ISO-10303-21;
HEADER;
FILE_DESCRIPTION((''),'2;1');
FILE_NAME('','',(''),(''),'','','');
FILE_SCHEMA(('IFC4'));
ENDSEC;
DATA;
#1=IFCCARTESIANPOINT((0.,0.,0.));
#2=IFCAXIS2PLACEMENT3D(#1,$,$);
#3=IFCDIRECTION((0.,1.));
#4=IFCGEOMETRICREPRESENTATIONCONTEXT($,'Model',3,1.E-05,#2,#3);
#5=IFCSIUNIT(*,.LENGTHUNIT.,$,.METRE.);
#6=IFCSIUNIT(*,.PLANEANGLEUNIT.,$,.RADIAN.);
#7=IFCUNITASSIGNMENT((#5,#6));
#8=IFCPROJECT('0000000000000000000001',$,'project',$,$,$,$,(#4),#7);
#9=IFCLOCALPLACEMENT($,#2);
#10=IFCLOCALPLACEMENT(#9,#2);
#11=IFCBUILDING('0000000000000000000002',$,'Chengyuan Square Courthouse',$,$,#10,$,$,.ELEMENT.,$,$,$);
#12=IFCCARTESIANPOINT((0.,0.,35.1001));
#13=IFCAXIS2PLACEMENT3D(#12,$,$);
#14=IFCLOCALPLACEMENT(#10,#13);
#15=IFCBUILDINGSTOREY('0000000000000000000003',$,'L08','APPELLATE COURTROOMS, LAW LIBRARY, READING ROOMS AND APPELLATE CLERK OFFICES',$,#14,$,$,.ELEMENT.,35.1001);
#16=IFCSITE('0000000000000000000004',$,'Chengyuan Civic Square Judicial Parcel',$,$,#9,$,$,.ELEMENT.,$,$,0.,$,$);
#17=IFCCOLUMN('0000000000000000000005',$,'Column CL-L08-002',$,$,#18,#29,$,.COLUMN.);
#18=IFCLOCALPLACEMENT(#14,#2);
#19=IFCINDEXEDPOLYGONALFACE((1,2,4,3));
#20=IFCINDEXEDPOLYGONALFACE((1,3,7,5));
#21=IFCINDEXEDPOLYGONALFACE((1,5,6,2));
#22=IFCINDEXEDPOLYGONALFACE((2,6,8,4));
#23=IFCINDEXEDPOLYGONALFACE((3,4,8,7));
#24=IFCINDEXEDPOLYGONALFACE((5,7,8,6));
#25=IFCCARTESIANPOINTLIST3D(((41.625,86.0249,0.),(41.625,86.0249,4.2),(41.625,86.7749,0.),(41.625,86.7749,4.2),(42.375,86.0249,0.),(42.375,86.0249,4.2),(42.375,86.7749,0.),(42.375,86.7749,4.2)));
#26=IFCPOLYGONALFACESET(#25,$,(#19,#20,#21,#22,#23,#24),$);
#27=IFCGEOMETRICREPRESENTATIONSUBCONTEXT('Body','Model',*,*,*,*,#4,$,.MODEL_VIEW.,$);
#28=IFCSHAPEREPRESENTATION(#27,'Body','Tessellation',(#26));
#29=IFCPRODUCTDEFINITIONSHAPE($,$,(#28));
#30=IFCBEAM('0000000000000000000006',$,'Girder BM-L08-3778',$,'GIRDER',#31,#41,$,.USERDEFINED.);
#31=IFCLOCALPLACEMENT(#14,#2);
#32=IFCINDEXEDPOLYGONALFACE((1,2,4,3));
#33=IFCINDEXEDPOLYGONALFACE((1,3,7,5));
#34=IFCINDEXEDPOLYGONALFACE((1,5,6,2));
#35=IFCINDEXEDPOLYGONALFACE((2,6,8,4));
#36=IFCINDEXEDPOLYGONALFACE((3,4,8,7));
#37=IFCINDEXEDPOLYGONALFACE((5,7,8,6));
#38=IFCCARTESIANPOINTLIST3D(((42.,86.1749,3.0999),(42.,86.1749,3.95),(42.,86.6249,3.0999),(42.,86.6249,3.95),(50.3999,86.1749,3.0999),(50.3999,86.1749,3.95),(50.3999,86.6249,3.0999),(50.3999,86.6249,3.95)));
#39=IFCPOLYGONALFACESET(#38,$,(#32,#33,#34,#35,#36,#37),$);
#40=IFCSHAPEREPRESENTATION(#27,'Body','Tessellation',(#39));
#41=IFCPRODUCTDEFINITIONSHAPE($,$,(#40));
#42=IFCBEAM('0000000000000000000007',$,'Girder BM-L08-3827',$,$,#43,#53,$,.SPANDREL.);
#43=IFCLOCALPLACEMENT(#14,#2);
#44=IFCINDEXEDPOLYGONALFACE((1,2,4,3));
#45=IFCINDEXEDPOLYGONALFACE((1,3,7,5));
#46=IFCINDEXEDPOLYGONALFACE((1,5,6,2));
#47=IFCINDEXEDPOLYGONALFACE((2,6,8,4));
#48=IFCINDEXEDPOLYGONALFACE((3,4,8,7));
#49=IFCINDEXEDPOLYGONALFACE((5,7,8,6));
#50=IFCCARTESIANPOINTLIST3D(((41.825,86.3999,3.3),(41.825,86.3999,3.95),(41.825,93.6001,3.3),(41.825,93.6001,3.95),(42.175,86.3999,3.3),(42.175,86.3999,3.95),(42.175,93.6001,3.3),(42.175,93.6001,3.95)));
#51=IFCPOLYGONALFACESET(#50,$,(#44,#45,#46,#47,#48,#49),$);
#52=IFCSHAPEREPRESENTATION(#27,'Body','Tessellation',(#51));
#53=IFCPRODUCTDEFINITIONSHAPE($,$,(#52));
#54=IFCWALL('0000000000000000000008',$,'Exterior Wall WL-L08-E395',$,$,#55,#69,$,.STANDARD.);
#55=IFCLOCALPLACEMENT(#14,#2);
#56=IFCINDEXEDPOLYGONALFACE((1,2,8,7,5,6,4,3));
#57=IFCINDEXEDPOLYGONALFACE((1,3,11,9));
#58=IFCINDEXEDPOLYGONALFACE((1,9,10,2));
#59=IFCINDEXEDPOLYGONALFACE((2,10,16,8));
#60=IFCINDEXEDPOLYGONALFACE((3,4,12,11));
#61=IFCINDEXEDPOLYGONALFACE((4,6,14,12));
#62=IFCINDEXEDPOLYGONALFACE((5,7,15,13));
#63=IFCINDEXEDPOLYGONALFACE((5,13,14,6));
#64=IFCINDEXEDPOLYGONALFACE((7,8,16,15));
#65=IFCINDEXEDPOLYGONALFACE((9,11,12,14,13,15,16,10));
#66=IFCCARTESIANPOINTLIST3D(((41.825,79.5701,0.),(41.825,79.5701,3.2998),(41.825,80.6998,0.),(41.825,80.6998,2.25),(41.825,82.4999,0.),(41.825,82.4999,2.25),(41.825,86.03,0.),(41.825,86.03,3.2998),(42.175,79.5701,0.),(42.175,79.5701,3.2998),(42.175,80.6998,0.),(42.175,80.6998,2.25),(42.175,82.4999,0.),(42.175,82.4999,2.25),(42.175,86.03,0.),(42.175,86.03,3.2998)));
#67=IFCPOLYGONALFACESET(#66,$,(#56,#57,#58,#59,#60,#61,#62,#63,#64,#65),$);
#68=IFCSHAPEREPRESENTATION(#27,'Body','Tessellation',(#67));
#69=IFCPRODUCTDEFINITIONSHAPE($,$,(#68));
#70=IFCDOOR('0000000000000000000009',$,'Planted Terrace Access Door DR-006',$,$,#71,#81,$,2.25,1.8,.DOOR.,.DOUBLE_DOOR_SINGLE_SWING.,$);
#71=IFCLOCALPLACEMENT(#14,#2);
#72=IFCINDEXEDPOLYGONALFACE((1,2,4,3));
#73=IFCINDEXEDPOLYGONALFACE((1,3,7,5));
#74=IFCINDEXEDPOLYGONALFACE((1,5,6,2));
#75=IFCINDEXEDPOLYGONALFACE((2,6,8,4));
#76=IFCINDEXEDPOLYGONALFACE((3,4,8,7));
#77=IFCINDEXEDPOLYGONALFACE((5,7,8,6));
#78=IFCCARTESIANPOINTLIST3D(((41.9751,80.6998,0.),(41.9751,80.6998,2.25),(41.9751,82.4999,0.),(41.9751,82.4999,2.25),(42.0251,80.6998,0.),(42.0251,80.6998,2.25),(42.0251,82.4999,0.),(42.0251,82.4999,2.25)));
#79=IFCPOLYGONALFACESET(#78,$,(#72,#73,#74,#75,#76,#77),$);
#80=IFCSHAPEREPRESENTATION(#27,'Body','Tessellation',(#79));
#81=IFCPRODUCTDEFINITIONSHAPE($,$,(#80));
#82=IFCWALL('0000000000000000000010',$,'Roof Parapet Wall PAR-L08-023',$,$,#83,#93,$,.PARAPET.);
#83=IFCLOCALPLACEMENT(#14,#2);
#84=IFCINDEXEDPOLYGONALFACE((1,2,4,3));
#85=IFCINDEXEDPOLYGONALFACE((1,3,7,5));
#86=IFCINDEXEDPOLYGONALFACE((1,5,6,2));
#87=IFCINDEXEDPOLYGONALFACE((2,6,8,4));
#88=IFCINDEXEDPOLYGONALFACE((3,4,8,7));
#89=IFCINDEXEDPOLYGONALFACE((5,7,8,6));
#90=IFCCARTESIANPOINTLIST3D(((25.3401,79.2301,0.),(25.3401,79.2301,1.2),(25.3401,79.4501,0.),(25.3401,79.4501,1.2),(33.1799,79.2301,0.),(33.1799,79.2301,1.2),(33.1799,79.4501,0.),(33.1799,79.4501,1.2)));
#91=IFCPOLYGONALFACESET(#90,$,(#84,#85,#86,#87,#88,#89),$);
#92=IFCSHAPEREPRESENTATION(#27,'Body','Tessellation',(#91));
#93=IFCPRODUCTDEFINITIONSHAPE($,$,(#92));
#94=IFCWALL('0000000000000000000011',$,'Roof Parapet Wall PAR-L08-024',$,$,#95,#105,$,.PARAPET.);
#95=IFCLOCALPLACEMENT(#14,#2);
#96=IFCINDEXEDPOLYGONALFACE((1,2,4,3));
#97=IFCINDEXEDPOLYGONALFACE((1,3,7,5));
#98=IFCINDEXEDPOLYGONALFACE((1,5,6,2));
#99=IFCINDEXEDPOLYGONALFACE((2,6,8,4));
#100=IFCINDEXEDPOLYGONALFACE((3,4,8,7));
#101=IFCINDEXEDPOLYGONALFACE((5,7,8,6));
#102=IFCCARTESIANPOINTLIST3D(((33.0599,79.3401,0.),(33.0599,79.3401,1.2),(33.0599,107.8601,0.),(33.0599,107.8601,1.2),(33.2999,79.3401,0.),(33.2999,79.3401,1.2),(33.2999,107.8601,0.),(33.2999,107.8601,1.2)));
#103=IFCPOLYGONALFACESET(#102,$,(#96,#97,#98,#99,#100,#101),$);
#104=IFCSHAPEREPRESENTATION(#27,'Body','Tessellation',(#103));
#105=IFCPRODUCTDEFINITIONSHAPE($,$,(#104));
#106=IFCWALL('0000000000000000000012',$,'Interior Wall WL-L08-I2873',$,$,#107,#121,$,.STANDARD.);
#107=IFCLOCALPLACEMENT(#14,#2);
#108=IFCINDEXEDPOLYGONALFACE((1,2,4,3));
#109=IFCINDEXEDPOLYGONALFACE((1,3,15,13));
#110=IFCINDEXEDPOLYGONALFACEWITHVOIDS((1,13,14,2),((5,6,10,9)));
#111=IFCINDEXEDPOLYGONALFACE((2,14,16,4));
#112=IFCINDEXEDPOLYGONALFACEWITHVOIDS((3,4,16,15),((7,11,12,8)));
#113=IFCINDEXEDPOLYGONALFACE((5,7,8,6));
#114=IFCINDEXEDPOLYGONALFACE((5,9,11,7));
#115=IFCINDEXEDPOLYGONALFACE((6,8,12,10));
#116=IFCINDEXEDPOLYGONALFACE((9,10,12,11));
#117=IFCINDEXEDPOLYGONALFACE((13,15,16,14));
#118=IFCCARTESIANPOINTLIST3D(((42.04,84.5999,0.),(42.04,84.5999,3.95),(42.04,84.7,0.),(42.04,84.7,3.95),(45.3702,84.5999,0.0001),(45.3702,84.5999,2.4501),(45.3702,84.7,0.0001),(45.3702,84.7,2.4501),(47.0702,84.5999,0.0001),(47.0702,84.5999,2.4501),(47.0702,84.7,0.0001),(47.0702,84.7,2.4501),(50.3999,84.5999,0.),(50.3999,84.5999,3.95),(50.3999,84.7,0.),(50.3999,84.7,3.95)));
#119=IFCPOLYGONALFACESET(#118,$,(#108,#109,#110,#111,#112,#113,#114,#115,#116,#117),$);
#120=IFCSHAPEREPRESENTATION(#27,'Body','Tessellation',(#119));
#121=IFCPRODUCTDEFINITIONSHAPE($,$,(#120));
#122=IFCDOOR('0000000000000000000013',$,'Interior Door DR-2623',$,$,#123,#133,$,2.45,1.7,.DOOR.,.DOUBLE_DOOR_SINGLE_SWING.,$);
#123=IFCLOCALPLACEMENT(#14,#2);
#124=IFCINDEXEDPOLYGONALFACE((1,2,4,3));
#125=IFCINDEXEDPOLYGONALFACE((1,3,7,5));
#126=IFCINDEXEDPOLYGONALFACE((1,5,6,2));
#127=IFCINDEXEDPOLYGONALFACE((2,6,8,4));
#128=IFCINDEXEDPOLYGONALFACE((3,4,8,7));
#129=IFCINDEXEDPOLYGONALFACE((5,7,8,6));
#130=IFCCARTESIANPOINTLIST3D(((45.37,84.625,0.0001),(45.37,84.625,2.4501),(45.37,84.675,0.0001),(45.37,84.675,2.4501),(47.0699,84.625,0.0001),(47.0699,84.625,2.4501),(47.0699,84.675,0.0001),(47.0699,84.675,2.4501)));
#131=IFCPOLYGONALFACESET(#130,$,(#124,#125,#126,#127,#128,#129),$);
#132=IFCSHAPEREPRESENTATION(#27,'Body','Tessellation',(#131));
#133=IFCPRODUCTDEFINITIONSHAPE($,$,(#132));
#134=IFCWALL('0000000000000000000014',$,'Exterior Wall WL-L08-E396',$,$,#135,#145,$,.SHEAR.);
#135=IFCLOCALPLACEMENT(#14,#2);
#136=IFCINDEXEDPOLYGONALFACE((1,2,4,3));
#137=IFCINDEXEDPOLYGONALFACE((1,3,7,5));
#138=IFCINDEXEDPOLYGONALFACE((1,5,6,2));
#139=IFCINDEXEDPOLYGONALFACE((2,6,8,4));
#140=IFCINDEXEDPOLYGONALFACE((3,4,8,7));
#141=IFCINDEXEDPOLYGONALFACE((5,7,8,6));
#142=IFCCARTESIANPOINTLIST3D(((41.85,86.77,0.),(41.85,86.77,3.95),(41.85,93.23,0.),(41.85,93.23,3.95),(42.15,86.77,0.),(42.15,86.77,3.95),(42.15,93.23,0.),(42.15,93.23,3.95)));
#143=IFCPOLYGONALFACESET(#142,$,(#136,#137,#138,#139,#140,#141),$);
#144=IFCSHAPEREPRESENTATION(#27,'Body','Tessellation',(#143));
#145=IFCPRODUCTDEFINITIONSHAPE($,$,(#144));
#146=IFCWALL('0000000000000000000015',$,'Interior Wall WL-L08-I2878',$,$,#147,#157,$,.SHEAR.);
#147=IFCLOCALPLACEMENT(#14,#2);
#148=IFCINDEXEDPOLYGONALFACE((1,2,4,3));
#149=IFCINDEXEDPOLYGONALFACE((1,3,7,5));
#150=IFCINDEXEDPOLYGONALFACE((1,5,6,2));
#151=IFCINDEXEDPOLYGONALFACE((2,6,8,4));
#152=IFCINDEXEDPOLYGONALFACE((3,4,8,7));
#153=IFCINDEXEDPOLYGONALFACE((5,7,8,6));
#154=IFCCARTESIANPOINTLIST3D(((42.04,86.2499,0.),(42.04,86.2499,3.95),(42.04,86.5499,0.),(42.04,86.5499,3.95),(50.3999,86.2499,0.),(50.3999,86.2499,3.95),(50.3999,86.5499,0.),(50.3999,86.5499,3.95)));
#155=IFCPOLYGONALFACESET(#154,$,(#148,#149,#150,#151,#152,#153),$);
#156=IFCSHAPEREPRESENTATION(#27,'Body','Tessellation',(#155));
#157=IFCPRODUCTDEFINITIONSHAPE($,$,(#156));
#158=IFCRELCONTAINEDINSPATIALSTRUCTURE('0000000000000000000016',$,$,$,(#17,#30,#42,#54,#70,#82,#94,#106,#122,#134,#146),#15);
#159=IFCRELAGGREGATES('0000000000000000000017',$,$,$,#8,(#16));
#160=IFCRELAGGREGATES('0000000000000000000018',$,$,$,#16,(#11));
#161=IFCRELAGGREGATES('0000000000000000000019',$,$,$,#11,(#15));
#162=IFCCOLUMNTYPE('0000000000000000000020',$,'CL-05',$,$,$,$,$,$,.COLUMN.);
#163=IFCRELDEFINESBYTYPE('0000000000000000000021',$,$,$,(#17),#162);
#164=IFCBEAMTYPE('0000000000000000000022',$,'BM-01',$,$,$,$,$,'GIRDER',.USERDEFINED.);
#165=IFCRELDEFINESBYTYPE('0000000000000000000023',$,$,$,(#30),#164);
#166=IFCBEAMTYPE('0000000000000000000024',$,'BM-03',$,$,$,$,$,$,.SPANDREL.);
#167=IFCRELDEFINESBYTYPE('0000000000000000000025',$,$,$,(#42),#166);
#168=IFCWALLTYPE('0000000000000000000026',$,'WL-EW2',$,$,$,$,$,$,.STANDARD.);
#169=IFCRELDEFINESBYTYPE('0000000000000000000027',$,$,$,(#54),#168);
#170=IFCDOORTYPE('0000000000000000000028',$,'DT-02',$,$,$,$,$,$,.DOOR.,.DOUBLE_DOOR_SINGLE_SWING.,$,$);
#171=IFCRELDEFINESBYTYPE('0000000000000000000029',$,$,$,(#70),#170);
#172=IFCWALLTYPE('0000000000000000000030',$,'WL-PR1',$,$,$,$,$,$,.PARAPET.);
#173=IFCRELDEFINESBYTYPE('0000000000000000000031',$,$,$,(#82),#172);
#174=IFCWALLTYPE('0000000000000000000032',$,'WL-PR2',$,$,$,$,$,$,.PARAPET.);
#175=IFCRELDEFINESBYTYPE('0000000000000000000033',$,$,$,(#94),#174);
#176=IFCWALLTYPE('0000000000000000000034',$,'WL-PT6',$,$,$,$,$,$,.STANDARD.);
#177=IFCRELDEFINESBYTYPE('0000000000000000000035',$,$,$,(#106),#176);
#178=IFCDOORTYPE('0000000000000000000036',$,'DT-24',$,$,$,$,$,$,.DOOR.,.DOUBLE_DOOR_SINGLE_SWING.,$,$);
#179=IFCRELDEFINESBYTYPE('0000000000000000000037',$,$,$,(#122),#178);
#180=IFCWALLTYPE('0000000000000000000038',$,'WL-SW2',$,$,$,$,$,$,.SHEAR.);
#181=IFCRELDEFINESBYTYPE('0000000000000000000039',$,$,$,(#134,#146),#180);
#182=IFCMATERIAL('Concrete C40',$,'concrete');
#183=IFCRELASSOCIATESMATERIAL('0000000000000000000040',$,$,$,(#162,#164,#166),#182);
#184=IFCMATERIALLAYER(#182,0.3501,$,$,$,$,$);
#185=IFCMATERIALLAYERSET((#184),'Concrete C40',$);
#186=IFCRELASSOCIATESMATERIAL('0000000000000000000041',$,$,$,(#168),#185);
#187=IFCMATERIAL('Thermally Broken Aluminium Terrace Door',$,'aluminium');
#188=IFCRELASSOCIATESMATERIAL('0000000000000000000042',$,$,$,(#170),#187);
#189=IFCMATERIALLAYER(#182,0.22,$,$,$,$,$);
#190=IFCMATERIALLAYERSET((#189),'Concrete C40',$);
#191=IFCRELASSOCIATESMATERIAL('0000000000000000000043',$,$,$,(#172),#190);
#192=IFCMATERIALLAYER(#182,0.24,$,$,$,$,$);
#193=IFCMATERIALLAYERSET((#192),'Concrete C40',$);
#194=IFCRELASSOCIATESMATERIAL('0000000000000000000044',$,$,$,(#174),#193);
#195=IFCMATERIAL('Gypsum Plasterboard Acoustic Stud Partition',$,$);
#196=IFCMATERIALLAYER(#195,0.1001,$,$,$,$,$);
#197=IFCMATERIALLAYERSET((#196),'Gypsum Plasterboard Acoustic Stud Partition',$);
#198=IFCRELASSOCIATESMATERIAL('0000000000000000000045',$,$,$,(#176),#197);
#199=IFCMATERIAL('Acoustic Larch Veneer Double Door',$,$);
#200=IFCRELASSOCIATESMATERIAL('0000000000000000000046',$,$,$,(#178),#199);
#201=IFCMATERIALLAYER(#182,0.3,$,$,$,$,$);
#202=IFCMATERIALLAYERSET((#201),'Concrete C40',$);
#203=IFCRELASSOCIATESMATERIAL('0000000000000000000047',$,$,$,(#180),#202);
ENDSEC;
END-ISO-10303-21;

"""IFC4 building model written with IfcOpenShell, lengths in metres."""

from ifc_helpers import new_model, si_unit, direction, frame, frame_2d, origin, origin_2d, place, context, subcontext, project, spatial, rectangle, extrude, material, layer, layer_set, material_profile, profile_set, type_object, element, fill, save


model = new_model("IFC4")

# Units and contexts
model_context = context("Model", 3, precision=1e-05, world=origin(), true_north=direction((0.0, 1.0)))
body_context = subcontext(model_context, "Body", "Model", "MODEL_VIEW")
ifc_project = project(units=[si_unit("LENGTHUNIT", "METRE"), si_unit("PLANEANGLEUNIT", "RADIAN")], contexts=[model_context])

# Site, building, storey
site_placement = place(None, origin())
site = spatial("IfcSite", under=ifc_project, at=site_placement, Name="Chengyuan Civic Square Judicial Parcel", CompositionType="ELEMENT", RefElevation=0.0)
building_placement = place(site_placement, origin())
building = spatial("IfcBuilding", under=site, at=building_placement, Name="Chengyuan Square Courthouse", CompositionType="ELEMENT")
storey_placement = place(building_placement, frame((0.0, 0.0, 35.1001)))
storey = spatial("IfcBuildingStorey", under=building, at=storey_placement, Name="L08", Description="APPELLATE COURTROOMS, LAW LIBRARY, READING ROOMS AND APPELLATE CLERK OFFICES", CompositionType="ELEMENT", Elevation=35.1001)

# Column
ifc_material_1 = material(Name="Concrete C40", Category="concrete")
ifc_material_profile_1 = material_profile(ifc_material_1, rectangle(XDim=0.75, YDim=0.75, at=origin_2d()), Name="RC-COL-750x750")
ifc_profile_set_1 = profile_set([ifc_material_profile_1], Name="Concrete C40")
column_type = type_object("IfcColumnType", Name="CL-05", PredefinedType="COLUMN", material=ifc_profile_set_1)
column_placement = place(storey_placement, frame((42.0, 86.3999, 0.0), z_axis=(0.0, 0.0, 1.0), x_axis=(1.0, 0.0, 0.0)))
element("IfcColumn", 1, at=column_placement, inside=storey, type_object=column_type, Name="Column CL-L08-002", PredefinedType="COLUMN", context=body_context, shape_type="SweptSolid", body=[
    extrude(rectangle(XDim=0.75, YDim=0.75, at=origin_2d()), origin(), (0.0, 0.0, 1.0), 4.2),
])

# Beams
ifc_material_profile_2 = material_profile(ifc_material_1, rectangle(XDim=0.45, YDim=0.8501, at=origin_2d()), Name="RC-BM-450x850")
ifc_profile_set_2 = profile_set([ifc_material_profile_2], Name="Concrete C40")
beam_type_1 = type_object("IfcBeamType", Name="BM-01", ElementType="GIRDER", PredefinedType="USERDEFINED", material=ifc_profile_set_2)
beam_1_placement = place(storey_placement, frame((42.0, 86.3999, 3.5249), z_axis=(1.0, 0.0, 0.0), x_axis=(0.0, 1.0, 0.0)))
element("IfcBeam", 2, at=beam_1_placement, inside=storey, type_object=beam_type_1, Name="Girder BM-L08-3778", ObjectType="GIRDER", PredefinedType="USERDEFINED", context=body_context, shape_type="SweptSolid", body=[
    extrude(rectangle(XDim=0.45, YDim=0.8501, at=origin_2d()), origin(), (0.0, 0.0, 1.0), 8.3999),
])
ifc_material_profile_3 = material_profile(ifc_material_1, rectangle(XDim=0.3501, YDim=0.6499, at=origin_2d()), Name="RC-BM-350x650")
ifc_profile_set_3 = profile_set([ifc_material_profile_3], Name="Concrete C40")
beam_type_2 = type_object("IfcBeamType", Name="BM-03", PredefinedType="SPANDREL", material=ifc_profile_set_3)
beam_2_placement = place(storey_placement, frame((42.0, 86.3999, 3.625), z_axis=(0.0, 1.0, 0.0), x_axis=(-1.0, 0.0, 0.0)))
element("IfcBeam", 3, at=beam_2_placement, inside=storey, type_object=beam_type_2, Name="Girder BM-L08-3827", PredefinedType="SPANDREL", context=body_context, shape_type="SweptSolid", body=[
    extrude(rectangle(XDim=0.3501, YDim=0.6499, at=origin_2d()), origin(), (0.0, 0.0, 1.0), 7.2002),
])

# Wall, opening, door
ifc_layer_1 = layer(ifc_material_1, 0.3501)
ifc_layer_set_1 = layer_set([ifc_layer_1], Name="Concrete C40")
wall_type_1 = type_object("IfcWallType", Name="WL-EW2", PredefinedType="STANDARD", material=ifc_layer_set_1)
wall_1_placement = place(storey_placement, frame((42.0, 79.5701, 0.0), z_axis=(0.0, 0.0, 1.0), x_axis=(0.0, 1.0, 0.0)))
wall_1 = element("IfcWall", 4, at=wall_1_placement, inside=storey, type_object=wall_type_1, Name="Exterior Wall WL-L08-E395", PredefinedType="STANDARD", context=body_context, shape_type="SweptSolid", body=[
    extrude(rectangle(XDim=6.46, YDim=0.3501, at=frame_2d((3.23, 0.0))), origin(), (0.0, 0.0, 1.0), 3.2998),
])
opening_1_placement = place(wall_1_placement, frame((1.1299, 0.0, 0.0)))
opening_1 = element("IfcOpeningElement", 5, at=opening_1_placement, cuts=wall_1, PredefinedType="OPENING", context=body_context, shape_type="SweptSolid", body=[
    extrude(rectangle(XDim=1.8, YDim=2.25, at=frame_2d((0.8999, 1.125))), frame((0.0, 0.187, 0.0), z_axis=(0.0, -1.0, 0.0), x_axis=(1.0, 0.0, 0.0)), (0.0, 0.0, 1.0), 0.374),
])
ifc_material_2 = material(Name="Thermally Broken Aluminium Terrace Door", Category="aluminium")
door_type_1 = type_object("IfcDoorType", Name="DT-02", OperationType="DOUBLE_DOOR_SINGLE_SWING", PredefinedType="DOOR", material=ifc_material_2)
door_1_placement = place(opening_1_placement, origin())
door_1 = element("IfcDoor", 6, at=door_1_placement, inside=storey, type_object=door_type_1, Name="Planted Terrace Access Door DR-006", OperationType="DOUBLE_DOOR_SINGLE_SWING", OverallHeight=2.25, OverallWidth=1.8, PredefinedType="DOOR", context=body_context, shape_type="SweptSolid", body=[
    extrude(rectangle(XDim=1.8, YDim=2.25, at=frame_2d((0.8999, 1.125))), frame((0.0, 0.0249, 0.0), z_axis=(0.0, -1.0, 0.0), x_axis=(1.0, 0.0, 0.0)), (0.0, 0.0, 1.0), 0.05),
])
fill(opening_1, door_1)

# Walls
ifc_layer_2 = layer(ifc_material_1, 0.22)
ifc_layer_set_2 = layer_set([ifc_layer_2], Name="Concrete C40")
wall_type_2 = type_object("IfcWallType", Name="WL-PR1", PredefinedType="PARAPET", material=ifc_layer_set_2)
wall_2_placement = place(storey_placement, frame((25.3401, 79.3401, 0.0), z_axis=(0.0, 0.0, 1.0), x_axis=(1.0, 0.0, 0.0)))
element("IfcWall", 7, at=wall_2_placement, inside=storey, type_object=wall_type_2, Name="Roof Parapet Wall PAR-L08-023", PredefinedType="PARAPET", context=body_context, shape_type="SweptSolid", body=[
    extrude(rectangle(XDim=7.8398, YDim=0.22, at=frame_2d((3.9199, 0.0))), origin(), (0.0, 0.0, 1.0), 1.2),
])
ifc_layer_3 = layer(ifc_material_1, 0.24)
ifc_layer_set_3 = layer_set([ifc_layer_3], Name="Concrete C40")
wall_type_3 = type_object("IfcWallType", Name="WL-PR2", PredefinedType="PARAPET", material=ifc_layer_set_3)
wall_3_placement = place(storey_placement, frame((33.1799, 79.3401, 0.0), z_axis=(0.0, 0.0, 1.0), x_axis=(0.0, 1.0, 0.0)))
element("IfcWall", 8, at=wall_3_placement, inside=storey, type_object=wall_type_3, Name="Roof Parapet Wall PAR-L08-024", PredefinedType="PARAPET", context=body_context, shape_type="SweptSolid", body=[
    extrude(rectangle(XDim=28.52, YDim=0.24, at=frame_2d((14.26, 0.0))), origin(), (0.0, 0.0, 1.0), 1.2),
])

# Wall, opening, door
ifc_material_3 = material(Name="Gypsum Plasterboard Acoustic Stud Partition")
ifc_layer_4 = layer(ifc_material_3, 0.1001)
ifc_layer_set_4 = layer_set([ifc_layer_4], Name="Gypsum Plasterboard Acoustic Stud Partition")
wall_type_4 = type_object("IfcWallType", Name="WL-PT6", PredefinedType="STANDARD", material=ifc_layer_set_4)
wall_4_placement = place(storey_placement, frame((42.04, 84.6499, 0.0), z_axis=(0.0, 0.0, 1.0), x_axis=(1.0, 0.0, 0.0)))
wall_4 = element("IfcWall", 9, at=wall_4_placement, inside=storey, type_object=wall_type_4, Name="Interior Wall WL-L08-I2873", PredefinedType="STANDARD", context=body_context, shape_type="SweptSolid", body=[
    extrude(rectangle(XDim=8.3599, YDim=0.1001, at=frame_2d((4.1799, 0.0))), origin(), (0.0, 0.0, 1.0), 3.95),
])
opening_2_placement = place(wall_4_placement, frame((3.3301, 0.0, 0.0)))
opening_2 = element("IfcOpeningElement", 10, at=opening_2_placement, cuts=wall_4, PredefinedType="OPENING", context=body_context, shape_type="SweptSolid", body=[
    extrude(rectangle(XDim=1.7, YDim=2.45, at=frame_2d((0.8501, 1.2251))), frame((0.0, 0.062, 0.0), z_axis=(0.0, -1.0, 0.0), x_axis=(1.0, 0.0, 0.0)), (0.0, 0.0, 1.0), 0.124),
])
ifc_material_4 = material(Name="Acoustic Larch Veneer Double Door")
door_type_2 = type_object("IfcDoorType", Name="DT-24", OperationType="DOUBLE_DOOR_SINGLE_SWING", PredefinedType="DOOR", material=ifc_material_4)
door_2_placement = place(opening_2_placement, frame((1.7, 0.0, 0.0), z_axis=(0.0, 0.0, 1.0), x_axis=(-1.0, 0.0, 0.0)))
door_2 = element("IfcDoor", 11, at=door_2_placement, inside=storey, type_object=door_type_2, Name="Interior Door DR-2623", OperationType="DOUBLE_DOOR_SINGLE_SWING", OverallHeight=2.45, OverallWidth=1.7, PredefinedType="DOOR", context=body_context, shape_type="SweptSolid", body=[
    extrude(rectangle(XDim=1.7, YDim=2.45, at=frame_2d((0.8501, 1.2251))), frame((0.0, 0.0249, 0.0), z_axis=(0.0, -1.0, 0.0), x_axis=(1.0, 0.0, 0.0)), (0.0, 0.0, 1.0), 0.05),
])
fill(opening_2, door_2)

# Walls
ifc_layer_5 = layer(ifc_material_1, 0.3)
ifc_layer_set_5 = layer_set([ifc_layer_5], Name="Concrete C40")
wall_type_5 = type_object("IfcWallType", Name="WL-SW2", PredefinedType="SHEAR", material=ifc_layer_set_5)
wall_5_placement = place(storey_placement, frame((42.0, 86.77, 0.0), z_axis=(0.0, 0.0, 1.0), x_axis=(0.0, 1.0, 0.0)))
element("IfcWall", 12, at=wall_5_placement, inside=storey, type_object=wall_type_5, Name="Exterior Wall WL-L08-E396", PredefinedType="SHEAR", context=body_context, shape_type="SweptSolid", body=[
    extrude(rectangle(XDim=6.46, YDim=0.3, at=frame_2d((3.23, 0.0))), origin(), (0.0, 0.0, 1.0), 3.95),
])
wall_6_placement = place(storey_placement, frame((42.04, 86.3999, 0.0), z_axis=(0.0, 0.0, 1.0), x_axis=(1.0, 0.0, 0.0)))
element("IfcWall", 13, at=wall_6_placement, inside=storey, type_object=wall_type_5, Name="Interior Wall WL-L08-I2878", PredefinedType="SHEAR", context=body_context, shape_type="SweptSolid", body=[
    extrude(rectangle(XDim=8.3599, YDim=0.3, at=frame_2d((4.1799, 0.0))), origin(), (0.0, 0.0, 1.0), 3.95),
])

save(model, "model.ifc")
